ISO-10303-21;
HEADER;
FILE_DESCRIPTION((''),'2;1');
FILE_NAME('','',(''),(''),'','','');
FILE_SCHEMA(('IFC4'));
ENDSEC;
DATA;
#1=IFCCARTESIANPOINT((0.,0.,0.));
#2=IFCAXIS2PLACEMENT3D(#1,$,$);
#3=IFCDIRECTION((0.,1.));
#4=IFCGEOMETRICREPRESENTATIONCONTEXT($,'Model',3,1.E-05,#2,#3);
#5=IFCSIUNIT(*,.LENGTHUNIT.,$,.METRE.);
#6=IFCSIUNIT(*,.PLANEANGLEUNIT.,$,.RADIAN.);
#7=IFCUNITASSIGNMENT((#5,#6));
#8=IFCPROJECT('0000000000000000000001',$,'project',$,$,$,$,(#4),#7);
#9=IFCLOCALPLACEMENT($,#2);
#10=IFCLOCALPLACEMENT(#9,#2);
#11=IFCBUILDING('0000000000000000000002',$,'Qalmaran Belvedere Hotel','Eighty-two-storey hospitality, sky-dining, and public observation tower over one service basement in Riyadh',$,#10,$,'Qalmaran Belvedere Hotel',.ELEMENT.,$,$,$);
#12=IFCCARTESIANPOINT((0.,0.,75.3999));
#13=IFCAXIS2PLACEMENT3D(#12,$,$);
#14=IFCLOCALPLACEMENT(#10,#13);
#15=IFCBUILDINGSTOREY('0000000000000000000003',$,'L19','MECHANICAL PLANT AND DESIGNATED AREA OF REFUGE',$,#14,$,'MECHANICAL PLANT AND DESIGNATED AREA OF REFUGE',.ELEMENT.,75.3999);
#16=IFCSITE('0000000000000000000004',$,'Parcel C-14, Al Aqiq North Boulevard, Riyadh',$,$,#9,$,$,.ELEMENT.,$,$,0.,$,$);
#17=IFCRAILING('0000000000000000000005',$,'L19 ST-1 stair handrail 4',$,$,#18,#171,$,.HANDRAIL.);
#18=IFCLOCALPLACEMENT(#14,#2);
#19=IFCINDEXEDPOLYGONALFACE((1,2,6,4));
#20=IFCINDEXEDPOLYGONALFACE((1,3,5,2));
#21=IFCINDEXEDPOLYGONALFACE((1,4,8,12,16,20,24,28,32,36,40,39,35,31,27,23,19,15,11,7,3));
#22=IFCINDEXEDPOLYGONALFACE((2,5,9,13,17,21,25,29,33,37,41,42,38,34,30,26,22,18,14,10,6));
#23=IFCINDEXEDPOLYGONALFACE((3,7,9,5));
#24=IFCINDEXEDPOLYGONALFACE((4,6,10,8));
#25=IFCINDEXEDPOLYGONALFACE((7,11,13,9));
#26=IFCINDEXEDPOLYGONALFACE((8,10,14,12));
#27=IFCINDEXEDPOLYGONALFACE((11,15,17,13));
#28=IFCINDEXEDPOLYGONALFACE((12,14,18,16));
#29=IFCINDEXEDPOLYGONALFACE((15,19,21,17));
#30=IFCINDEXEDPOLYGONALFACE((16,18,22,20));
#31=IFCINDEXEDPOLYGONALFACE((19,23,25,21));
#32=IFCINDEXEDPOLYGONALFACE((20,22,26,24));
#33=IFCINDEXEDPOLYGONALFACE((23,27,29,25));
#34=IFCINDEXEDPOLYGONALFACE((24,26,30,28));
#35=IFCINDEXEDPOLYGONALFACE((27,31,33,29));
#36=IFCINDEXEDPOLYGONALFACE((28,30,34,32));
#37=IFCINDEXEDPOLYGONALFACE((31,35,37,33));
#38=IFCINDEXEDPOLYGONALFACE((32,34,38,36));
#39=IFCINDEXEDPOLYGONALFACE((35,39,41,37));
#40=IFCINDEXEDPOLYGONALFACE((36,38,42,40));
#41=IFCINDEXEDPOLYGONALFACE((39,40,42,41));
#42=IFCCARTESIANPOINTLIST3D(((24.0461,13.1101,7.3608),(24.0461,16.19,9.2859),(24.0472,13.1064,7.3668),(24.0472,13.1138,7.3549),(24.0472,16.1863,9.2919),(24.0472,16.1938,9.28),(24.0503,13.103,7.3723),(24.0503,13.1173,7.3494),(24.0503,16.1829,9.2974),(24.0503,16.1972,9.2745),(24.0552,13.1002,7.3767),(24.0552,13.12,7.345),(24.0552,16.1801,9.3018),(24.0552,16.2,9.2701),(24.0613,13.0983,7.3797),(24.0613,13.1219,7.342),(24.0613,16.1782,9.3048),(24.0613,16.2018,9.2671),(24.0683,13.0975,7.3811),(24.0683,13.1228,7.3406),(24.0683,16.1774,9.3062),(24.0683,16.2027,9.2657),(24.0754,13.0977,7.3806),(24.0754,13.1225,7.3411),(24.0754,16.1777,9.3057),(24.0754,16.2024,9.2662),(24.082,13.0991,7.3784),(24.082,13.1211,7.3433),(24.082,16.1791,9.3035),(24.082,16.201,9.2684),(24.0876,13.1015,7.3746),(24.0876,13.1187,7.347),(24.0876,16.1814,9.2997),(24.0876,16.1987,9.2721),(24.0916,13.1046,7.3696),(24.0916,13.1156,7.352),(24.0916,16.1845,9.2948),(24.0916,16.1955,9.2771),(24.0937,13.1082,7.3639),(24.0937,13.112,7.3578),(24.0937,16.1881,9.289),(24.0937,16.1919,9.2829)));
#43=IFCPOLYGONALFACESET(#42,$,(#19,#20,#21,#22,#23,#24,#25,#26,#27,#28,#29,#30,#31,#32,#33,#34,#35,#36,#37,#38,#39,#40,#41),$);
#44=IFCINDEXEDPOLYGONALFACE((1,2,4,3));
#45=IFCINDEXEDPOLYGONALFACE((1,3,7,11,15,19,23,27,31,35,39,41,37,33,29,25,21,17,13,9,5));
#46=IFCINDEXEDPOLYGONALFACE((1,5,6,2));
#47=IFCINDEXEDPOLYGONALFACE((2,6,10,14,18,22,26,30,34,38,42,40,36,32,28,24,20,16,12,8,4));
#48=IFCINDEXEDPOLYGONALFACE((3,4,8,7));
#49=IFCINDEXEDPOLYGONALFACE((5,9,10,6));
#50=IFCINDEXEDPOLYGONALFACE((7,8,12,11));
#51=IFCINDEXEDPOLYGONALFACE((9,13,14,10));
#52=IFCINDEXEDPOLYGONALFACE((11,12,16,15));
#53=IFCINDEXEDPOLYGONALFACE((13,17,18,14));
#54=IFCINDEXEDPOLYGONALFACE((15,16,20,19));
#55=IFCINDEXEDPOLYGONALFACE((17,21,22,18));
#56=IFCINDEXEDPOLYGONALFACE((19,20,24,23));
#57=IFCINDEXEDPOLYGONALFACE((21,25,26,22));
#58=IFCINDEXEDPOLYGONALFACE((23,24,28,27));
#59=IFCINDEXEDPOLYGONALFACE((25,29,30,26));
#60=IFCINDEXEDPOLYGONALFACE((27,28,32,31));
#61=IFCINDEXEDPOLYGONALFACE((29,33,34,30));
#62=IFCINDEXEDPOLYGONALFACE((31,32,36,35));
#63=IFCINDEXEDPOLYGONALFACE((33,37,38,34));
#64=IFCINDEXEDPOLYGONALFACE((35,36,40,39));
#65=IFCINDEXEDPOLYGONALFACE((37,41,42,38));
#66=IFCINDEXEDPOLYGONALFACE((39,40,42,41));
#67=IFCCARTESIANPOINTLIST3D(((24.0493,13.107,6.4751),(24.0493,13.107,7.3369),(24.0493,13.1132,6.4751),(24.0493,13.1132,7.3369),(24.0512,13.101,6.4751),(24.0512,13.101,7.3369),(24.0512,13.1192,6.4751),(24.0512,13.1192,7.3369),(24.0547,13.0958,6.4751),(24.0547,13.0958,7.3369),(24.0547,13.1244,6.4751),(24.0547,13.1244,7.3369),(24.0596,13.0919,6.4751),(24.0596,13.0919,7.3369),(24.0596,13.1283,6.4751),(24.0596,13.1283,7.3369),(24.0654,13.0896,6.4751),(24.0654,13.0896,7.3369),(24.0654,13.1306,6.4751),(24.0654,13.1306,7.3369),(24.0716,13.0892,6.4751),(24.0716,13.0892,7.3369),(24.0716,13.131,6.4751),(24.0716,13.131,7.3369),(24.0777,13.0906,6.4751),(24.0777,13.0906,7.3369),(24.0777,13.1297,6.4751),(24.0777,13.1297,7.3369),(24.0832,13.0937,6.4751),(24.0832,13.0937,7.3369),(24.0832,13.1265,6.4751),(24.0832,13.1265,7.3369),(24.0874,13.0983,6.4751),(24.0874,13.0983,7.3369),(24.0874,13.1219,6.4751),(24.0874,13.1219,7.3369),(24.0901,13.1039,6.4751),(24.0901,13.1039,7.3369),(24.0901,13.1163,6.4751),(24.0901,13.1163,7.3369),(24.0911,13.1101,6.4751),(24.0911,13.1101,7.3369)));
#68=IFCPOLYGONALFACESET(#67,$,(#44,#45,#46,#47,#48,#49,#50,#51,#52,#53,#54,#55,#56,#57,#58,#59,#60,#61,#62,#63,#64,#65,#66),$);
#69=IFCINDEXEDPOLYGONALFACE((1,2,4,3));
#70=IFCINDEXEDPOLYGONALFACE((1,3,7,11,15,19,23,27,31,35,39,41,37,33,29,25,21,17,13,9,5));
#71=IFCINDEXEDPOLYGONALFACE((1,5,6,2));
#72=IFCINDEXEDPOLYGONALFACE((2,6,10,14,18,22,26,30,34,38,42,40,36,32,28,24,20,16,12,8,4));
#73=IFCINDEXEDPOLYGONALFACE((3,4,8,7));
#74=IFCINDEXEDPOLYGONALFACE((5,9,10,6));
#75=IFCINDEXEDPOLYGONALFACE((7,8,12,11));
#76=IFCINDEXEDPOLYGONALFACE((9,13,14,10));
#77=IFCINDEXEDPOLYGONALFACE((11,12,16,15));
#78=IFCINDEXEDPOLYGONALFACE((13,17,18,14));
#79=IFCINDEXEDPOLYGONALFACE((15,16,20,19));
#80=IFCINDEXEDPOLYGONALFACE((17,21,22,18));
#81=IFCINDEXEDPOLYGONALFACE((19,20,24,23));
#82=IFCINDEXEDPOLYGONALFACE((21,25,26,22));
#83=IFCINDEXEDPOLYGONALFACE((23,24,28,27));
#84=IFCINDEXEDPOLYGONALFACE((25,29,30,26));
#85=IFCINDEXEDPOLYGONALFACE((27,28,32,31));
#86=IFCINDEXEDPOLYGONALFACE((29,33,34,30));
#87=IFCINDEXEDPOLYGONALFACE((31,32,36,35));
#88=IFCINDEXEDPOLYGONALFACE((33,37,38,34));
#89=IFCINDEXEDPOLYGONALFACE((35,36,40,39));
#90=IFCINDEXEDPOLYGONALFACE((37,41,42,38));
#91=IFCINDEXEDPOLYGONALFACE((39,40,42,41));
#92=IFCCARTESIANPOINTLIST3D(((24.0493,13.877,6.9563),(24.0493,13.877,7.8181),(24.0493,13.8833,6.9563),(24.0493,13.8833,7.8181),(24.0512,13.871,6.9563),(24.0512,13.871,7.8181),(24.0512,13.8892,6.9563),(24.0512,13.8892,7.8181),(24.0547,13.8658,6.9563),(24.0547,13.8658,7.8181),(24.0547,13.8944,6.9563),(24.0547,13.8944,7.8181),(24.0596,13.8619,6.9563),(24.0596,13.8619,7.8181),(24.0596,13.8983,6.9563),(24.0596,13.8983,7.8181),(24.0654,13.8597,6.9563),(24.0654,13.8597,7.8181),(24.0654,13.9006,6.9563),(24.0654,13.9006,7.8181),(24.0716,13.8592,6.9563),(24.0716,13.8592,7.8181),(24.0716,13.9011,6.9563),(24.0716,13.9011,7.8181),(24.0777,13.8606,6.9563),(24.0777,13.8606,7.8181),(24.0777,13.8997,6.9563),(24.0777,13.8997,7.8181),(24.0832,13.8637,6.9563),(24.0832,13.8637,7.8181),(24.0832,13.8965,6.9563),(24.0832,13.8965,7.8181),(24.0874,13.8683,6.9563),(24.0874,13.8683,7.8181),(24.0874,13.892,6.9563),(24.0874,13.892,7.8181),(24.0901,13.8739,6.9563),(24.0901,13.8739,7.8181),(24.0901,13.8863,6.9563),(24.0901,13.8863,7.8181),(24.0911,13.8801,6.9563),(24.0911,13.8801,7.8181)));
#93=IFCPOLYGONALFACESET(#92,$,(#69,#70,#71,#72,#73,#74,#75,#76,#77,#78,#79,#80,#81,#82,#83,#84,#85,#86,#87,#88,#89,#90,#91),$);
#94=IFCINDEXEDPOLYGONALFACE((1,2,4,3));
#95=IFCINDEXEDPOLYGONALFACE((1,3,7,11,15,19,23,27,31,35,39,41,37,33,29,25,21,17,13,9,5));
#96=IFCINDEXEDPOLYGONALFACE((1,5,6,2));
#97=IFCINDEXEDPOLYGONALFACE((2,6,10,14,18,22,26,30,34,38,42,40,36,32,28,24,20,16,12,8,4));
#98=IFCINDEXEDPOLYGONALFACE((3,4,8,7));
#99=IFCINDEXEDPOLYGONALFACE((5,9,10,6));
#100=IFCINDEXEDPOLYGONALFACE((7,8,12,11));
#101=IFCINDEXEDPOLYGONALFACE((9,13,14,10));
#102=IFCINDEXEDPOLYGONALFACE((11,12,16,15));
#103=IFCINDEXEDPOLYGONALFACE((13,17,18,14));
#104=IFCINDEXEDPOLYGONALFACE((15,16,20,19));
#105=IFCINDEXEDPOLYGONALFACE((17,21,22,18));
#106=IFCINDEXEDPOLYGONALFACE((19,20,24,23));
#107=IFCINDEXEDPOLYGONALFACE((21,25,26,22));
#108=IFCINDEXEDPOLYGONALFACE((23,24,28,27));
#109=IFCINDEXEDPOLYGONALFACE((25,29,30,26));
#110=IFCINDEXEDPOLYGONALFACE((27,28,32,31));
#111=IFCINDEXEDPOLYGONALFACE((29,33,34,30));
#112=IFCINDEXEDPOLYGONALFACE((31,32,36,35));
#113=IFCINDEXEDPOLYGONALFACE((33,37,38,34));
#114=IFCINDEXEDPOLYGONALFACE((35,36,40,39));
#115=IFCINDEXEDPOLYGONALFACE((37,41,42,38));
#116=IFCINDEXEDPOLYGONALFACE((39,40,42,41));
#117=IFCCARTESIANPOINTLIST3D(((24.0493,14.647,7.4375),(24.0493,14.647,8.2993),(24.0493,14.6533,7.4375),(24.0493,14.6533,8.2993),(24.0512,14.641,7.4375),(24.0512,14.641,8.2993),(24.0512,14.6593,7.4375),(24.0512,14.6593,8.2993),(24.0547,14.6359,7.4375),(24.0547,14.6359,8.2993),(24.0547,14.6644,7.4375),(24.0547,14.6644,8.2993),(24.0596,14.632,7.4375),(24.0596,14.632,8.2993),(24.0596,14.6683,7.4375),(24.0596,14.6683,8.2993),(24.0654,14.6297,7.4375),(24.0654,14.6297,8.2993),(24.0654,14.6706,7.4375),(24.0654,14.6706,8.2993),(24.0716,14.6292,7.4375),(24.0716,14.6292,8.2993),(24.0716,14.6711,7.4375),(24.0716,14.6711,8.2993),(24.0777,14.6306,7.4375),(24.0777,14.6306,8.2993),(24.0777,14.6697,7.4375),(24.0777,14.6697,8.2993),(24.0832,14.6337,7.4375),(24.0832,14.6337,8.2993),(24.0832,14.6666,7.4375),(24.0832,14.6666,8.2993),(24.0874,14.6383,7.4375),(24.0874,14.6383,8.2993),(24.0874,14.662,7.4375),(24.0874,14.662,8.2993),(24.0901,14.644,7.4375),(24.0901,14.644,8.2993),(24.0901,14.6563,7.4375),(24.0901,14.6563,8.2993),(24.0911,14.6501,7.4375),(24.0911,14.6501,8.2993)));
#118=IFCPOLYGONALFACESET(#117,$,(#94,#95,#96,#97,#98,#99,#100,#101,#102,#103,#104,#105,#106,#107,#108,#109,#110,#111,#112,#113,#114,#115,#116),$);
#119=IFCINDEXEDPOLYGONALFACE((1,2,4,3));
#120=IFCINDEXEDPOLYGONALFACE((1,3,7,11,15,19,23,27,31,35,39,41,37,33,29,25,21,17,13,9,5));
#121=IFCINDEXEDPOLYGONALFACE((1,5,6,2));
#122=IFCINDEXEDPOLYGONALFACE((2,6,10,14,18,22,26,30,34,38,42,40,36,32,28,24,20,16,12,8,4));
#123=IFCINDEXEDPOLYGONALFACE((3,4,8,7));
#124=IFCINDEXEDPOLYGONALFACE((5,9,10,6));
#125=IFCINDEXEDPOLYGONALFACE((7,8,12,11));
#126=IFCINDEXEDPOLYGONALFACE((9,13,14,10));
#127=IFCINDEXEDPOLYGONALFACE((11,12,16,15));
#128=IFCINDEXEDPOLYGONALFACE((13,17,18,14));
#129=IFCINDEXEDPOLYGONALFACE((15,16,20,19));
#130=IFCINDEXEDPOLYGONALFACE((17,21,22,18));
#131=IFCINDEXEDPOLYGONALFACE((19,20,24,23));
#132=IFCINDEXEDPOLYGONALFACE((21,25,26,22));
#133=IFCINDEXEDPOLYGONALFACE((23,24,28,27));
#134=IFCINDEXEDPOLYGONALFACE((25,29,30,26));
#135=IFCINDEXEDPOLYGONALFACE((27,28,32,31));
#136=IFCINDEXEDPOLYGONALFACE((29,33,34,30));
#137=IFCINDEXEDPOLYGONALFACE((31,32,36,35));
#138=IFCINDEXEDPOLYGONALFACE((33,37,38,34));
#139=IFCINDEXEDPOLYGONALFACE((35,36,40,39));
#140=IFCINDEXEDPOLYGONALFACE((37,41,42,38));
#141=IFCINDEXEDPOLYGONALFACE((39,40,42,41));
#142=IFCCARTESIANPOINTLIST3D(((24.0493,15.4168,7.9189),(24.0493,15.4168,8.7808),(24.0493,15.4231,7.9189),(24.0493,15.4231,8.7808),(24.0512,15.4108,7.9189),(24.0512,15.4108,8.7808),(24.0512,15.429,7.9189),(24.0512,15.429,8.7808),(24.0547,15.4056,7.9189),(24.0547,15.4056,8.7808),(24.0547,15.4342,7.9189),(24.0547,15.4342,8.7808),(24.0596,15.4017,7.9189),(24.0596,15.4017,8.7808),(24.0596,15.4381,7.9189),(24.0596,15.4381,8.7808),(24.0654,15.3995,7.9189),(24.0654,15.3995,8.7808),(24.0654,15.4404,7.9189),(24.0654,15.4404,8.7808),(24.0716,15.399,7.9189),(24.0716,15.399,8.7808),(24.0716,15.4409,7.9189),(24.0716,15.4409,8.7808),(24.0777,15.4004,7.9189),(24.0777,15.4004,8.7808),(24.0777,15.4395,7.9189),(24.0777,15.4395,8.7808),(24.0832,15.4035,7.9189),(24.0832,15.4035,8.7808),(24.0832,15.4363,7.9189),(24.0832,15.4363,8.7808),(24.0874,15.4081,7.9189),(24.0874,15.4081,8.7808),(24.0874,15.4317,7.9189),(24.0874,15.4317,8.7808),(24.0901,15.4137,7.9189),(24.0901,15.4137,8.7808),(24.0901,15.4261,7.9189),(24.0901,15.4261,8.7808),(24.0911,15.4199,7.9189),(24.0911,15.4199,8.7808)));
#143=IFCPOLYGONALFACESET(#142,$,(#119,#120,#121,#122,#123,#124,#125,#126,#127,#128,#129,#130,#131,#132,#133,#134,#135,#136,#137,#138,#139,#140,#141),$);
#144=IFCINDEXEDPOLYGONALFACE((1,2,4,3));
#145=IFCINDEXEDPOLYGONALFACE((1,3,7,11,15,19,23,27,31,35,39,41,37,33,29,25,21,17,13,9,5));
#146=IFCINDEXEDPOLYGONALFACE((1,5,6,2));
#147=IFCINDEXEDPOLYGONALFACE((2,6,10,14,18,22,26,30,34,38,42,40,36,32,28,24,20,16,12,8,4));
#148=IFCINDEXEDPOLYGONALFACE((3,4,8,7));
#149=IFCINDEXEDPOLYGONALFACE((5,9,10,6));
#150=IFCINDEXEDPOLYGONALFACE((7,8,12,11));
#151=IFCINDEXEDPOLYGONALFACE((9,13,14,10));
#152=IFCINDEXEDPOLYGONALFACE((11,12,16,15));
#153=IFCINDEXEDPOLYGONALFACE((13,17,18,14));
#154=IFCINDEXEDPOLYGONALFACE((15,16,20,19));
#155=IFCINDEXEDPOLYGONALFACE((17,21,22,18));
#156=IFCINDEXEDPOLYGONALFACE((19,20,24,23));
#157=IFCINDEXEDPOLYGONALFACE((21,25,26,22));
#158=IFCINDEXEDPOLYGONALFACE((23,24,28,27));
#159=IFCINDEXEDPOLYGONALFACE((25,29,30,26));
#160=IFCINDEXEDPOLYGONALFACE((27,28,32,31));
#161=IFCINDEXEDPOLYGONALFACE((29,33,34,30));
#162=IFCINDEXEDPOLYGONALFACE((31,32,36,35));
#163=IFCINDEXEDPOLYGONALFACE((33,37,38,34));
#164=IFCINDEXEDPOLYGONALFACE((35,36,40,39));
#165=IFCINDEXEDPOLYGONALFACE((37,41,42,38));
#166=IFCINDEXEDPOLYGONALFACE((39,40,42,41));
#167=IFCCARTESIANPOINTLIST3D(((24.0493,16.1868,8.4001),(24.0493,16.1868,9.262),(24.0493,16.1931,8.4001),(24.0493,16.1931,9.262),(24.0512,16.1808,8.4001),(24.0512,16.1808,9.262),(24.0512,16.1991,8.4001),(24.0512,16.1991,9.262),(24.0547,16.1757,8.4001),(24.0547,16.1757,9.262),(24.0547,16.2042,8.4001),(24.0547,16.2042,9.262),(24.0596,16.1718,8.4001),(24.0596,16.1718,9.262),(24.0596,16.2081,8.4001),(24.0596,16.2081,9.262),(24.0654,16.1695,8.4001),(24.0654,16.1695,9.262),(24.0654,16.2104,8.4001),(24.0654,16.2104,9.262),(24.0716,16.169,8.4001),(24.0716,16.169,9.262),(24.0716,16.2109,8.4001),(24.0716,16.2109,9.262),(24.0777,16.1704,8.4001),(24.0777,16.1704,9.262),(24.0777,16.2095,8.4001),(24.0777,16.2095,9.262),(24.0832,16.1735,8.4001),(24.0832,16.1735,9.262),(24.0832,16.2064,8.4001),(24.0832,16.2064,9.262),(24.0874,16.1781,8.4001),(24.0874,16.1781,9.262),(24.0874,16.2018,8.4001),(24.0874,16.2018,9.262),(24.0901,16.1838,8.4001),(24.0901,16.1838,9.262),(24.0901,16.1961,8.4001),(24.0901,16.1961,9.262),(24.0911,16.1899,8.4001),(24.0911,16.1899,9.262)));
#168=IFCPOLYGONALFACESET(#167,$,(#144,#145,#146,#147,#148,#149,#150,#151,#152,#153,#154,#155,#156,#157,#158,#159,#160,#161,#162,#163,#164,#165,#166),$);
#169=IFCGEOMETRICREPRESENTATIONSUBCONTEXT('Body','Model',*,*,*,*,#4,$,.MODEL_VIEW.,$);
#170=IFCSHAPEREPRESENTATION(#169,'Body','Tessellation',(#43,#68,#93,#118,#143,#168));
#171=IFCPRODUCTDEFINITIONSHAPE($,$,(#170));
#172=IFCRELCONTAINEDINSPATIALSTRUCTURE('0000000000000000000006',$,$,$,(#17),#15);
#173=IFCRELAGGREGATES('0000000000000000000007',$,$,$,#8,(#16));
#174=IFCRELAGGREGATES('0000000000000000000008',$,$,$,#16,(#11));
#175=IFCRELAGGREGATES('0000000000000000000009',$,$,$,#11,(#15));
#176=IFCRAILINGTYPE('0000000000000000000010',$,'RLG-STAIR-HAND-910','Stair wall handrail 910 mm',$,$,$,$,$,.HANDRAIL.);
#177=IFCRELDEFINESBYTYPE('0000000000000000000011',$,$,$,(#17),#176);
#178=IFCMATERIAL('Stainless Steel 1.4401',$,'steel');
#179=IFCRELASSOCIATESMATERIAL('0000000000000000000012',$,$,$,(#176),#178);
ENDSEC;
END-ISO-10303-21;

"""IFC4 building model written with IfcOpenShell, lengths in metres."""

from ifc_helpers import new_model, si_unit, direction, frame, origin, origin_2d, place, context, subcontext, project, spatial, circle, extrude, material, type_object, element, save


model = new_model("IFC4")

# Units and contexts
model_context = context("Model", 3, precision=1e-05, world=origin(), true_north=direction((0.0, 1.0)))
body_context = subcontext(model_context, "Body", "Model", "MODEL_VIEW")
ifc_project = project(units=[si_unit("LENGTHUNIT", "METRE"), si_unit("PLANEANGLEUNIT", "RADIAN")], contexts=[model_context])

# Site, building, storey
site_placement = place(None, origin())
site = spatial("IfcSite", under=ifc_project, at=site_placement, Name="Parcel C-14, Al Aqiq North Boulevard, Riyadh", CompositionType="ELEMENT", RefElevation=0.0)
building_placement = place(site_placement, origin())
building = spatial("IfcBuilding", under=site, at=building_placement, Name="Qalmaran Belvedere Hotel", Description="Eighty-two-storey hospitality, sky-dining, and public observation tower over one service basement in Riyadh", LongName="Qalmaran Belvedere Hotel", CompositionType="ELEMENT")
storey_placement = place(building_placement, frame((0.0, 0.0, 75.3999)))
storey = spatial("IfcBuildingStorey", under=building, at=storey_placement, Name="L19", Description="MECHANICAL PLANT AND DESIGNATED AREA OF REFUGE", LongName="MECHANICAL PLANT AND DESIGNATED AREA OF REFUGE", CompositionType="ELEMENT", Elevation=75.3999)

# Railing
ifc_material_1 = material(Name="Stainless Steel 1.4401", Category="steel")
railing_type_1 = type_object("IfcRailingType", Name="RLG-STAIR-HAND-910", Description="Stair wall handrail 910 mm", PredefinedType="HANDRAIL", material=ifc_material_1)
railing_1_placement = place(storey_placement, frame((24.0701, 13.1101, 6.4751)))
element("IfcRailing", 1, at=railing_1_placement, inside=storey, type_object=railing_type_1, Name="L19 ST-1 stair handrail 4", PredefinedType="HANDRAIL", context=body_context, shape_type="SweptSolid", body=[
    extrude(circle(Radius=0.0239, at=origin_2d()), frame((0.0, 0.0, 0.8857), z_axis=(0.0, 0.847979, 0.530029), x_axis=(-1.0, 0.0, 0.0)), (0.0, 0.0, 1.0), 3.6321),
    extrude(circle(Radius=0.021, at=origin_2d()), origin(), (0.0, 0.0, 1.0), 0.8618),
    extrude(circle(Radius=0.021, at=origin_2d()), frame((0.0, 0.77, 0.4812)), (0.0, 0.0, 1.0), 0.8618),
    extrude(circle(Radius=0.021, at=origin_2d()), frame((0.0, 1.54, 0.9624)), (0.0, 0.0, 1.0), 0.8618),
    extrude(circle(Radius=0.021, at=origin_2d()), frame((0.0, 2.3098, 1.4438)), (0.0, 0.0, 1.0), 0.8618),
    extrude(circle(Radius=0.021, at=origin_2d()), frame((0.0, 3.0798, 1.925)), (0.0, 0.0, 1.0), 0.8618),
])

save(model, "model.ifc")
